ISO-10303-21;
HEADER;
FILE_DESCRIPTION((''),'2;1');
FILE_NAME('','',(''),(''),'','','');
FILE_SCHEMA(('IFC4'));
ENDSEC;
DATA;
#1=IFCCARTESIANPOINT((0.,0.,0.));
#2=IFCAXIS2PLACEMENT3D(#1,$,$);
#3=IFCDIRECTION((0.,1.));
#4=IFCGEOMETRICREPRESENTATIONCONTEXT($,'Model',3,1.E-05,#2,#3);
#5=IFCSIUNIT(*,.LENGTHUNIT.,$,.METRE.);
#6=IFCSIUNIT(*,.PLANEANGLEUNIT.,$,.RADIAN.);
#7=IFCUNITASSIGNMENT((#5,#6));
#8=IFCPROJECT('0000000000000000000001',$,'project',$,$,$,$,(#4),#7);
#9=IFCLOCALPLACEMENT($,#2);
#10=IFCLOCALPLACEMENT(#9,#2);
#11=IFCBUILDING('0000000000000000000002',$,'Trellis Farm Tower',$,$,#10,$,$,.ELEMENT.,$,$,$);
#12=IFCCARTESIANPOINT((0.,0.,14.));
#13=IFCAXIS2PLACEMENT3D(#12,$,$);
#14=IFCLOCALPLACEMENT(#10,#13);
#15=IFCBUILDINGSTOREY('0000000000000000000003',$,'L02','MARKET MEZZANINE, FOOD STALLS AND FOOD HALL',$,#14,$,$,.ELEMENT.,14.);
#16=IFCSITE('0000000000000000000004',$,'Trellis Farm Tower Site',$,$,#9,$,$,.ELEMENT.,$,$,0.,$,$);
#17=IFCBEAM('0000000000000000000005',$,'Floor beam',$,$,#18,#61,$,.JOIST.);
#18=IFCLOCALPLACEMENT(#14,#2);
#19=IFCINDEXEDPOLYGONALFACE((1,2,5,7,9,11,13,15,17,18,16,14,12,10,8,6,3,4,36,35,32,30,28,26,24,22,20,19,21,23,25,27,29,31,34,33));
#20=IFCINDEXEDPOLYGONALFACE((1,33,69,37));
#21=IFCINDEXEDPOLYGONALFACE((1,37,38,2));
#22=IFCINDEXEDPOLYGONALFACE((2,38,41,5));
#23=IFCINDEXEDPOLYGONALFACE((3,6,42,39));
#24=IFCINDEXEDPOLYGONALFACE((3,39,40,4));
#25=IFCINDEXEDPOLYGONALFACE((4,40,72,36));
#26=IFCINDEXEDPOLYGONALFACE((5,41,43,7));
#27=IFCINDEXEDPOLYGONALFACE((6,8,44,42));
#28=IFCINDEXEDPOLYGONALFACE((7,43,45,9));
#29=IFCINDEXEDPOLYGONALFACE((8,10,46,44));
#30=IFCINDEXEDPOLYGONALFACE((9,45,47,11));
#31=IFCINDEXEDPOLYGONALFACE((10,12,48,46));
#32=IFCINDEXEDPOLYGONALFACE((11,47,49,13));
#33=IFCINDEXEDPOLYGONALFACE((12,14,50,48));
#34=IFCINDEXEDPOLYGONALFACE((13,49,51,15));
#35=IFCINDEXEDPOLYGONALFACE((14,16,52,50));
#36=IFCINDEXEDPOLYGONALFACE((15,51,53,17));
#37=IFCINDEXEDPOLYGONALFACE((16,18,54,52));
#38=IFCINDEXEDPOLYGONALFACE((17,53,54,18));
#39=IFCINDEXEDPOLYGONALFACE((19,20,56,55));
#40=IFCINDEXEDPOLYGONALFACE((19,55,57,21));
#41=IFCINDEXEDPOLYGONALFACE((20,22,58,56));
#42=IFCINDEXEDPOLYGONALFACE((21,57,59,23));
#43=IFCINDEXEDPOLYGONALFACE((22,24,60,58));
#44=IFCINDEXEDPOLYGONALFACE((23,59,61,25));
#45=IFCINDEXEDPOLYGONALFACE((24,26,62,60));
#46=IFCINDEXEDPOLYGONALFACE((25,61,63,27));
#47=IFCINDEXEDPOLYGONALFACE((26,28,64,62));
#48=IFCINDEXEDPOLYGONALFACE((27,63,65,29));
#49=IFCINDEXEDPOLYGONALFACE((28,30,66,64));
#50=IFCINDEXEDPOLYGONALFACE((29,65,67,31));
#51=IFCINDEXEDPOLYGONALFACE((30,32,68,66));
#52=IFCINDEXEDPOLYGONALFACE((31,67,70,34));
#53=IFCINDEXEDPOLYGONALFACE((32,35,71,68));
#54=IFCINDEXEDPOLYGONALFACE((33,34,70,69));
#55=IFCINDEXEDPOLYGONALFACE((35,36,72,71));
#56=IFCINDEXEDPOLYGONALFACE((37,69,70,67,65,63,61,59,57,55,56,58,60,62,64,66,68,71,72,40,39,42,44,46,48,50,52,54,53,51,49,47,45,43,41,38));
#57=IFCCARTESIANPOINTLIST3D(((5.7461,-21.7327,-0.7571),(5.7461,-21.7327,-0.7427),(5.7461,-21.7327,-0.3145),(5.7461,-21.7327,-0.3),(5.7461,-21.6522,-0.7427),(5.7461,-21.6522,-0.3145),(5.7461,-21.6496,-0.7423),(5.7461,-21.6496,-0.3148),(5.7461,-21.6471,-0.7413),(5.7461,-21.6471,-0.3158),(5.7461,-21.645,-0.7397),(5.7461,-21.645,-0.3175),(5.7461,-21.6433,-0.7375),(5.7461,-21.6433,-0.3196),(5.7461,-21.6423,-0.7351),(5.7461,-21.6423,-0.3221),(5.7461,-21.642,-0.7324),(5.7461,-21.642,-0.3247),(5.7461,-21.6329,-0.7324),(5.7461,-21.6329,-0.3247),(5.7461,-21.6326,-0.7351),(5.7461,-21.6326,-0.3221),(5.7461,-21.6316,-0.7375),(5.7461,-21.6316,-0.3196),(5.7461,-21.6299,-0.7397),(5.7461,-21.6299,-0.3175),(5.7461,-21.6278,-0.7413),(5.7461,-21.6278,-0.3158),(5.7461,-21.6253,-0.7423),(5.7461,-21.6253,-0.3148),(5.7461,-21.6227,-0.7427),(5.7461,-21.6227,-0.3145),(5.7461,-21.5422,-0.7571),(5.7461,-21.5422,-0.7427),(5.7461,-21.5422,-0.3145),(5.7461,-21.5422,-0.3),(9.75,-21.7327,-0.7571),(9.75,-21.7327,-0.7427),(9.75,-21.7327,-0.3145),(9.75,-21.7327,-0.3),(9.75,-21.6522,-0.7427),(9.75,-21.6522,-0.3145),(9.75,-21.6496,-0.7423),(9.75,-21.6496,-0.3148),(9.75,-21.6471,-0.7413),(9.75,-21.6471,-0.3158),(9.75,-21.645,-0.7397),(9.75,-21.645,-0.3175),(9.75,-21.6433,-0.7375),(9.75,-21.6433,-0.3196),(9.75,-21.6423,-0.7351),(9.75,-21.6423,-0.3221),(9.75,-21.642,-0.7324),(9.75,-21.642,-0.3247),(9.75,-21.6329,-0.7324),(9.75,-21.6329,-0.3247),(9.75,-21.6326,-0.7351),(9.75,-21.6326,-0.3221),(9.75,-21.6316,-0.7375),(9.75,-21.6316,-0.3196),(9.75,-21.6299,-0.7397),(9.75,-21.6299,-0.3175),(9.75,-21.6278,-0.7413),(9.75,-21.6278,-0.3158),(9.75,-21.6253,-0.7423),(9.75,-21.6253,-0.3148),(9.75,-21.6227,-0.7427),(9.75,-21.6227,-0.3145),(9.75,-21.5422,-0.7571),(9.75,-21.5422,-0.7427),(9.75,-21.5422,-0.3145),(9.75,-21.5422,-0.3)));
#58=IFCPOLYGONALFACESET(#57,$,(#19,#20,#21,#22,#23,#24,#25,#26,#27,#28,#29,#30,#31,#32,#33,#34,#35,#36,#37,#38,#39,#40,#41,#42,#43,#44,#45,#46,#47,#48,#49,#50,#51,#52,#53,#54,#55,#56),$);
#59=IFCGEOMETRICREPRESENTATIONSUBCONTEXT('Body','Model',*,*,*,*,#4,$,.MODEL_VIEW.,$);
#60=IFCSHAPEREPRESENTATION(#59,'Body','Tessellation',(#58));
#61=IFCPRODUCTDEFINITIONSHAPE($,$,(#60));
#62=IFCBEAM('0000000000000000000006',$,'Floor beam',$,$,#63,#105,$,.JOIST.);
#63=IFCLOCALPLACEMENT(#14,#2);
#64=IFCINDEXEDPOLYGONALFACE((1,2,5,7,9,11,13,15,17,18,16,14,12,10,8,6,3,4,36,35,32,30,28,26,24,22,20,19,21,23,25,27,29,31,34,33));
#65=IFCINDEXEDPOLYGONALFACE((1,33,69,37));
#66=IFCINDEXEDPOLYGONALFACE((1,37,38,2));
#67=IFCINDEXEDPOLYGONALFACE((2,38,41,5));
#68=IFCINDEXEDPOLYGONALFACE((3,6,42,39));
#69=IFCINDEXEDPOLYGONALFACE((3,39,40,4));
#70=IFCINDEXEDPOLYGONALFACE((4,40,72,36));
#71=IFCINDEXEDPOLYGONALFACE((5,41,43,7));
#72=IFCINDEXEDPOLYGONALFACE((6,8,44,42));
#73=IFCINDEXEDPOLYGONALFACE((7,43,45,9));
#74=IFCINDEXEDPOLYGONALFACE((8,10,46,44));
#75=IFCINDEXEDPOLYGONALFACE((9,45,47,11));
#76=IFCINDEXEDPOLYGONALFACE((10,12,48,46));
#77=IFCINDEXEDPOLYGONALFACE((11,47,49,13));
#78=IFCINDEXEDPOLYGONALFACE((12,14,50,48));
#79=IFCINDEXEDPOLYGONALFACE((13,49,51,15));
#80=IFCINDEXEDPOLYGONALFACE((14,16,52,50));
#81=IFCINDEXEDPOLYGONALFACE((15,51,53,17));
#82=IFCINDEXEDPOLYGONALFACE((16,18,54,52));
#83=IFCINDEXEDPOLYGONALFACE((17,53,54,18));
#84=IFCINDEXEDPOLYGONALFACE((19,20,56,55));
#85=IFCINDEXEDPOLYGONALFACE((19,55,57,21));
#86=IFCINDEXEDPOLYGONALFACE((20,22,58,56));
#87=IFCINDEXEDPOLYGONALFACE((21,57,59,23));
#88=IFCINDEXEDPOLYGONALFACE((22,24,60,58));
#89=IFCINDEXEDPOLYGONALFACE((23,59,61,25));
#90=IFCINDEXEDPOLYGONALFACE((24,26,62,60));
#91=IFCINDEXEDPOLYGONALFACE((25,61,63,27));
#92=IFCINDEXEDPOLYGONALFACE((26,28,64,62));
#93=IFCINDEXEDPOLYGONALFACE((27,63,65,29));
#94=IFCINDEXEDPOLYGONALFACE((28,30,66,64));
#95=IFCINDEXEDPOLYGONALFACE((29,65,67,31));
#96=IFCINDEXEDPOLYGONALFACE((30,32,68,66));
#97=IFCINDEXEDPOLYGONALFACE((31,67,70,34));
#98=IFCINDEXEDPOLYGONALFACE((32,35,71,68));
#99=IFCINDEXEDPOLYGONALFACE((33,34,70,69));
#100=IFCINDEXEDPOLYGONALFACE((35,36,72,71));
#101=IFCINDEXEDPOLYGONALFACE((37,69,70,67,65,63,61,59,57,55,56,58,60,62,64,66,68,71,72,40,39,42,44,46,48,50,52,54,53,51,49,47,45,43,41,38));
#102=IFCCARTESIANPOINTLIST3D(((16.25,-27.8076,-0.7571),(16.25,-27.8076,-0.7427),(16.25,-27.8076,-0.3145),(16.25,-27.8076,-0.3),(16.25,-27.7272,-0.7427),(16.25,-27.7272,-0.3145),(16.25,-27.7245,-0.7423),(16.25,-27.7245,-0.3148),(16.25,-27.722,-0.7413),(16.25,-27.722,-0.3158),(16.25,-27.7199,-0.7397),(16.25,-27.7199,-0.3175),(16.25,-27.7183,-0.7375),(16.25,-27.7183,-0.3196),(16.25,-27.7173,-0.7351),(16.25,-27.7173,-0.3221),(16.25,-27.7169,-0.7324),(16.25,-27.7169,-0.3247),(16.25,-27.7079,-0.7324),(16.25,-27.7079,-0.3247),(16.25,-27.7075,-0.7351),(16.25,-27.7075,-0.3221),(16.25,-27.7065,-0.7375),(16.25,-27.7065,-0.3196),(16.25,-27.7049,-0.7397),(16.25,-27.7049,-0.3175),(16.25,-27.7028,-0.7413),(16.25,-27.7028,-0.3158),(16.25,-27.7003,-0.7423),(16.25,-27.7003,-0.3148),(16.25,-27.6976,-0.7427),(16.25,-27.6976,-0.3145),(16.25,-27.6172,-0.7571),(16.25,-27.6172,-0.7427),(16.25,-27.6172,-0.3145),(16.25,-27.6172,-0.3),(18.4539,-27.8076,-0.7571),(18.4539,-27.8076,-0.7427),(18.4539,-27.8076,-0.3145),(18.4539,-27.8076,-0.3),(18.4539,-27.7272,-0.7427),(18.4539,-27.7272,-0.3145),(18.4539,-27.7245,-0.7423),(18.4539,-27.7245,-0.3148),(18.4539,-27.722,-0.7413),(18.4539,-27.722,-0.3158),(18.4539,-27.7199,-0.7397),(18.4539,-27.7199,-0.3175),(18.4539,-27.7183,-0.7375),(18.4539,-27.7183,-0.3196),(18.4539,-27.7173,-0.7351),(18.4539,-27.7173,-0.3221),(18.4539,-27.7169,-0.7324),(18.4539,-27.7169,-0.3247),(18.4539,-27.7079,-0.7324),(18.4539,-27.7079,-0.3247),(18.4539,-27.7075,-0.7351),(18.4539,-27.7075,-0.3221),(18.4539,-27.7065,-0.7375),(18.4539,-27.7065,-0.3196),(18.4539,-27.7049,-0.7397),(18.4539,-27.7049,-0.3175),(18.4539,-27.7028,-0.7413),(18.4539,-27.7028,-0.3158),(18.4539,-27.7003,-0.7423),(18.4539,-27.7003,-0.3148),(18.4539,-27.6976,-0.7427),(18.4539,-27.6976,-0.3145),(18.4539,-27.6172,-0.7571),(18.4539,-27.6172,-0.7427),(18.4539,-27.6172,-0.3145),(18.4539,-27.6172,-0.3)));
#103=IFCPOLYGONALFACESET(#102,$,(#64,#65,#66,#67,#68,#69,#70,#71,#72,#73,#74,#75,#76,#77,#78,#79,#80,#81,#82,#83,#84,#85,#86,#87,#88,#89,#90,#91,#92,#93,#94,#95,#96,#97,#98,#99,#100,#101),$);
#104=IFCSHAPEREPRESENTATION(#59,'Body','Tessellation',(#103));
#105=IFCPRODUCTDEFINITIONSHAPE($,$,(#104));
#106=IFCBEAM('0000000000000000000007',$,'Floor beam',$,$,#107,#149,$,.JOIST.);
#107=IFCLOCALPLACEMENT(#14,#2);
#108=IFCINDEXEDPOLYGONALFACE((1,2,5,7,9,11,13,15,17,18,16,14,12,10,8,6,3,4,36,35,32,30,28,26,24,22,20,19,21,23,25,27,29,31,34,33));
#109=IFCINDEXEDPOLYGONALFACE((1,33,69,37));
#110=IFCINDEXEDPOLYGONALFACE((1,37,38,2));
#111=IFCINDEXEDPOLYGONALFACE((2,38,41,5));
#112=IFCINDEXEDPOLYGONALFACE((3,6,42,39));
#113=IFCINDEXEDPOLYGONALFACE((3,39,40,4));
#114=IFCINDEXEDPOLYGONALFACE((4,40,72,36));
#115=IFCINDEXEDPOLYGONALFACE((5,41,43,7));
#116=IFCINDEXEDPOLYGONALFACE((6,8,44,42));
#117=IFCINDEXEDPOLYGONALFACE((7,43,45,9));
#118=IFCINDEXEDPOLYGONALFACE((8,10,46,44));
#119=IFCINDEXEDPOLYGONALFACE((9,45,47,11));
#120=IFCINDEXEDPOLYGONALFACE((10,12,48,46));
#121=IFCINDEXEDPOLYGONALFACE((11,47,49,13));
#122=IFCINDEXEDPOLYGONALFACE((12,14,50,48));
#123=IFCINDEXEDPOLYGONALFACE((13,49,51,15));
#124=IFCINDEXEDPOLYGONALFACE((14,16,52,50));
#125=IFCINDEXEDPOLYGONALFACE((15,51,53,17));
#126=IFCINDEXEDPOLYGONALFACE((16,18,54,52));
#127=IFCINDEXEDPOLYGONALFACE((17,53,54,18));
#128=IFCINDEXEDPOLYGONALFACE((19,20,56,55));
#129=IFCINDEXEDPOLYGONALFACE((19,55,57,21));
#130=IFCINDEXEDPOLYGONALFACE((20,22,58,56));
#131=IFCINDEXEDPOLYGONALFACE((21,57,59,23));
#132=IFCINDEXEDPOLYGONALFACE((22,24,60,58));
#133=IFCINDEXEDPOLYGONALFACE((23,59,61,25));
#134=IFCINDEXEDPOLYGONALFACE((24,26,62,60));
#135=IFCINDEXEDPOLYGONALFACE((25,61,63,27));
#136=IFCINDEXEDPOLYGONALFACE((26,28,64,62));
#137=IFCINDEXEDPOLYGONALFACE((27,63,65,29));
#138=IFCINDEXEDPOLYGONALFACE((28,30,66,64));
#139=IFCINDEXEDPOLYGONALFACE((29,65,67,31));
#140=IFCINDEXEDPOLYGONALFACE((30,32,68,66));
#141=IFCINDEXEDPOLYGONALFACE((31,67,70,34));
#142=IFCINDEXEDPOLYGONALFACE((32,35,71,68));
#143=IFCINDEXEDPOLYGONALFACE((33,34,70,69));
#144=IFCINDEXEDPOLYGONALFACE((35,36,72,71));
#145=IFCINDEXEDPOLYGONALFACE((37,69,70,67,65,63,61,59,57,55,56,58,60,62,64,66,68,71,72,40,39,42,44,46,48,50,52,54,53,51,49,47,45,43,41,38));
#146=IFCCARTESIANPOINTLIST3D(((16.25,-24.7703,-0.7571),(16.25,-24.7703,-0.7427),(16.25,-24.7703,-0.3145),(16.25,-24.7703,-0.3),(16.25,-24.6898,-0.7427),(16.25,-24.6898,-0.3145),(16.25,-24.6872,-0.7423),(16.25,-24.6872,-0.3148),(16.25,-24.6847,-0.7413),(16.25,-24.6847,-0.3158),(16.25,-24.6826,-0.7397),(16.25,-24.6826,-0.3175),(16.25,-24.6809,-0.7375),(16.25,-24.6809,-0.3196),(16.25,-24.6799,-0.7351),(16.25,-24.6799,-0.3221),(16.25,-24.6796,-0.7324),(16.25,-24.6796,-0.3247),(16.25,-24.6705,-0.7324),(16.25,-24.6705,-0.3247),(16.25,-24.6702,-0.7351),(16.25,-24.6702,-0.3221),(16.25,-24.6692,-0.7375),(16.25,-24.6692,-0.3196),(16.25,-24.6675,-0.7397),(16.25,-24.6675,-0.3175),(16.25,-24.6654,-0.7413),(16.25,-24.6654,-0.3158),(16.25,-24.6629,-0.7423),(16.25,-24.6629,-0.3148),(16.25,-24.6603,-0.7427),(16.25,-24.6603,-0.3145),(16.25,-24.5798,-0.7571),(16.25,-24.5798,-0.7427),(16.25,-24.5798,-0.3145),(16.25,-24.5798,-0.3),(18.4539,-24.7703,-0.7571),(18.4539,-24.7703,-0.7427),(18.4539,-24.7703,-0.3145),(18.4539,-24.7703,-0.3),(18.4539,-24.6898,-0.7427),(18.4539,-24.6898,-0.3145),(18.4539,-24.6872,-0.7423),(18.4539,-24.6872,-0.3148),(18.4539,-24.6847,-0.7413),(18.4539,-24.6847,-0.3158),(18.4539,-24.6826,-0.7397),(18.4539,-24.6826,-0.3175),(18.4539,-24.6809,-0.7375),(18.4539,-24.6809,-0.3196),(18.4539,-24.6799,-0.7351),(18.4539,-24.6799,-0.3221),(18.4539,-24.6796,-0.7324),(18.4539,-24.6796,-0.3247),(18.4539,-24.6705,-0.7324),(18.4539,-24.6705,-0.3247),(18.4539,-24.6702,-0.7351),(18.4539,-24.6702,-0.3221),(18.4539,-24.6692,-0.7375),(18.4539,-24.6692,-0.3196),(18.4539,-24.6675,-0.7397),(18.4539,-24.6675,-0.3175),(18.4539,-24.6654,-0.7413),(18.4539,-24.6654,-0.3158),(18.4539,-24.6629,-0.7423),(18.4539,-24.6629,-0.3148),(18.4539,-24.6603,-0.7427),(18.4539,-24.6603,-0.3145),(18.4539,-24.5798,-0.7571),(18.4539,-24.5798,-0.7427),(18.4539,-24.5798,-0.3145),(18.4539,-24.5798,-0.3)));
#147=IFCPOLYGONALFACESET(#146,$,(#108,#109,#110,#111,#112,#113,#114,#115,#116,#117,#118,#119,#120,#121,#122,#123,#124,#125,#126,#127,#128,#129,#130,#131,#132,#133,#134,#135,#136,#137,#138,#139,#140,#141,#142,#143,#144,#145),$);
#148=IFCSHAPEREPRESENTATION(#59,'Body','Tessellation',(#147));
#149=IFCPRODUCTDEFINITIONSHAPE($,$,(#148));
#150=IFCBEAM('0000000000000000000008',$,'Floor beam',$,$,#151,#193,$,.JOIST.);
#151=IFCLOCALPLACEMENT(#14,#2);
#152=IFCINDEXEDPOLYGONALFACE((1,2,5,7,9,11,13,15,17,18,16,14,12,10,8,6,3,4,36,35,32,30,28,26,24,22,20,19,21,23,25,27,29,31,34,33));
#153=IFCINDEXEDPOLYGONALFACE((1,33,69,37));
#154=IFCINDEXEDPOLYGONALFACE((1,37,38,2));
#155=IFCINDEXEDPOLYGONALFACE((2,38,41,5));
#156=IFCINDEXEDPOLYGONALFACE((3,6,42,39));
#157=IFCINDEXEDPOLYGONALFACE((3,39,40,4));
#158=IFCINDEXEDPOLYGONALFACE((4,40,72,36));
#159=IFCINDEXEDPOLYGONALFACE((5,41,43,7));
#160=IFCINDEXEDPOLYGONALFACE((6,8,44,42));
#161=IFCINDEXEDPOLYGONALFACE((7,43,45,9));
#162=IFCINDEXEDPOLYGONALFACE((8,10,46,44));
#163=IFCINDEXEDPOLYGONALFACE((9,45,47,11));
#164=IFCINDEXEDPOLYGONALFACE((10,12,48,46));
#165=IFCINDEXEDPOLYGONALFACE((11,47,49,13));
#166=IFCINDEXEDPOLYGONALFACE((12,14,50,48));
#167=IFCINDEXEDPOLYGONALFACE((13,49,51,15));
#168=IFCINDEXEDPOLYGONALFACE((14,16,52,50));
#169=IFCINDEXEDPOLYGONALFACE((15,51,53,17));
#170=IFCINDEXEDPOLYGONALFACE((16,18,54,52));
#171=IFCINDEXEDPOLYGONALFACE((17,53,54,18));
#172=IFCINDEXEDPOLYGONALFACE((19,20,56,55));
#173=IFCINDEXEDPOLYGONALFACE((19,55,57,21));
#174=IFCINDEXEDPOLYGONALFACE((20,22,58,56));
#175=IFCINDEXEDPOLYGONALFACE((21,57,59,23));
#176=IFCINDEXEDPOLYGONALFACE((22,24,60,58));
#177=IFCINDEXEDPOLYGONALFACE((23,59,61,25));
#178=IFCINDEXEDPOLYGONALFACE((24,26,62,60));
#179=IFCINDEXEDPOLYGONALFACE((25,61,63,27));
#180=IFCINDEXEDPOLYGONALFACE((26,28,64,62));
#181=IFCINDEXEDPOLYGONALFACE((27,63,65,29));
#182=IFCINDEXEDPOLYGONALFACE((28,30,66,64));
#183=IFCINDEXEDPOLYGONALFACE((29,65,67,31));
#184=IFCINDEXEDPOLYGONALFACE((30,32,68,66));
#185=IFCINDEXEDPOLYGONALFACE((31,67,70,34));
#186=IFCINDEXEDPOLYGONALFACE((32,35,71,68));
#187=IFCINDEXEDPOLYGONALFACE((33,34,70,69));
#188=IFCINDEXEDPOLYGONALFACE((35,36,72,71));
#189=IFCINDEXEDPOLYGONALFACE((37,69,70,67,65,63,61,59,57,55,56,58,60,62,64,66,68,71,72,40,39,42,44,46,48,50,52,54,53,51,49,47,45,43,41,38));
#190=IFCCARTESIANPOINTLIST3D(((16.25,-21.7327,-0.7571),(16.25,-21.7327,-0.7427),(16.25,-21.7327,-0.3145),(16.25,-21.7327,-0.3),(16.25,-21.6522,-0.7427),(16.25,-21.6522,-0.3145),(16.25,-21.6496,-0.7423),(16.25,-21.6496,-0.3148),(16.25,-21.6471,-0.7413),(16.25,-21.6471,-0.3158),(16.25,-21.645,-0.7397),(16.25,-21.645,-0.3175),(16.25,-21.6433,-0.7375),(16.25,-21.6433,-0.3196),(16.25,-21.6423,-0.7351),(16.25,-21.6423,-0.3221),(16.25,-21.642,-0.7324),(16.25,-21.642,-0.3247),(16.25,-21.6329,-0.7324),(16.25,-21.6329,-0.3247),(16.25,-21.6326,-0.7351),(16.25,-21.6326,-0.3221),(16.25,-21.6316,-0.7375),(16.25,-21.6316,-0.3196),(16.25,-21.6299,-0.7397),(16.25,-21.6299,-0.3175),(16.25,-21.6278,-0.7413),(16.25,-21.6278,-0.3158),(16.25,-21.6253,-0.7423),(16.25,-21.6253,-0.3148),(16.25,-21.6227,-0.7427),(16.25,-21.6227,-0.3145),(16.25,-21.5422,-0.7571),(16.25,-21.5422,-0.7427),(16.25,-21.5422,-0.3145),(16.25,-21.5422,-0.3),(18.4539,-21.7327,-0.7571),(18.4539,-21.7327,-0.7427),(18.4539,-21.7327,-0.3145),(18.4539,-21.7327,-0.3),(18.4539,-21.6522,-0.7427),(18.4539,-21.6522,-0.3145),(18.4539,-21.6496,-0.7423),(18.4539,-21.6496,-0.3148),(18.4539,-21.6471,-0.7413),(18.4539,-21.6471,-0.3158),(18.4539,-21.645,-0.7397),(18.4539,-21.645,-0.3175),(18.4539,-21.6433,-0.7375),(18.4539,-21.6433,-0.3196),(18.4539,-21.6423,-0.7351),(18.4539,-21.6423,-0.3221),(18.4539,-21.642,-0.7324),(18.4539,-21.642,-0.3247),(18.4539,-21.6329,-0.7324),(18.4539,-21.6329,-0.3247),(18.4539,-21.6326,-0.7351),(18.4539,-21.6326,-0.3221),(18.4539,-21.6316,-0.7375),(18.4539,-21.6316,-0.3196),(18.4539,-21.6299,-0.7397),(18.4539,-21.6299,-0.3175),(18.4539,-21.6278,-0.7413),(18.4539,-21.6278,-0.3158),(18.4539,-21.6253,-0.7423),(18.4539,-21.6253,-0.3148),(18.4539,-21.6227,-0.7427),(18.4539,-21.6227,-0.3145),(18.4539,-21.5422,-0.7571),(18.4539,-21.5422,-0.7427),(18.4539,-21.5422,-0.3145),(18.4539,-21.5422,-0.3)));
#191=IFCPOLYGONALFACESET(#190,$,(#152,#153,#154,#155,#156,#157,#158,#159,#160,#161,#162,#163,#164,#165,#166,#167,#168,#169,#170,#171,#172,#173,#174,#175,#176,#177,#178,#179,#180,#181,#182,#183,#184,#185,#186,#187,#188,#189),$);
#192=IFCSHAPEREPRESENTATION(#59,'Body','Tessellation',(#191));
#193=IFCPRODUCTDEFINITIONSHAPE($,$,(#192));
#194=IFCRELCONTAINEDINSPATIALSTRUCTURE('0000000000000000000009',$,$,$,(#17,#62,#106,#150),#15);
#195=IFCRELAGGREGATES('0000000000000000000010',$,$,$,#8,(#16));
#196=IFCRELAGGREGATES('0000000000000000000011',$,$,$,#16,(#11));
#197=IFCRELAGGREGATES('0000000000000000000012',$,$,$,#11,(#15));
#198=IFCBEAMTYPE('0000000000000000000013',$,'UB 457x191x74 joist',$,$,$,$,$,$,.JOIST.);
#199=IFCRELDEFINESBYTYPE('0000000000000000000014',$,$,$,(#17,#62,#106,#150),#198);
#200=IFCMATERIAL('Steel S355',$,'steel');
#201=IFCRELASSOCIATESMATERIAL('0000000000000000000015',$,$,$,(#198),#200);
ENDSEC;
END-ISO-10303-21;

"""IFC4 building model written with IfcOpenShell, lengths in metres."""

from ifc_helpers import new_model, si_unit, direction, frame, origin, origin_2d, place, context, subcontext, project, spatial, i_section, extrude, source, transform, mapped, material, material_profile, profile_set, type_object, element, save


model = new_model("IFC4")

# Units and contexts
model_context = context("Model", 3, precision=1e-05, world=origin(), true_north=direction((0.0, 1.0)))
body_context = subcontext(model_context, "Body", "Model", "MODEL_VIEW")
ifc_project = project(units=[si_unit("LENGTHUNIT", "METRE"), si_unit("PLANEANGLEUNIT", "RADIAN")], contexts=[model_context])

# Site, building, storey
site_placement = place(None, origin())
site = spatial("IfcSite", under=ifc_project, at=site_placement, Name="Trellis Farm Tower Site", CompositionType="ELEMENT", RefElevation=0.0)
building_placement = place(site_placement, origin())
building = spatial("IfcBuilding", under=site, at=building_placement, Name="Trellis Farm Tower", CompositionType="ELEMENT")
storey_placement = place(building_placement, frame((0.0, 0.0, 14.0)))
storey = spatial("IfcBuildingStorey", under=building, at=storey_placement, Name="L02", Description="MARKET MEZZANINE, FOOD STALLS AND FOOD HALL", CompositionType="ELEMENT", Elevation=14.0)

# Beams
ifc_material_1 = material(Name="Steel S355", Category="steel")
ifc_material_profile_1 = material_profile(ifc_material_1, i_section(OverallWidth=0.1904, OverallDepth=0.457, WebThickness=0.009, FlangeThickness=0.0144, FilletRadius=0.0103, at=origin_2d()), Name="UB 457x191x74")
ifc_profile_set_1 = profile_set([ifc_material_profile_1], Name="Steel S355")
beam_type_1 = type_object("IfcBeamType", Name="UB 457x191x74 joist", PredefinedType="JOIST", material=ifc_profile_set_1)
shared_shape_1 = source(origin(), body_context, "Body", "SweptSolid", [
    extrude(i_section(OverallWidth=0.1904, OverallDepth=0.457, WebThickness=0.009, FlangeThickness=0.0144, FilletRadius=0.0103, at=origin_2d()), origin(), (0.0, 0.0, 1.0), 4.0039),
])
for number, where, z_axis, x_axis, name in (
    (1, (5.7461, -21.6375, -0.5286), (1.0, 0.0, 0.0), (0.0, 1.0, 0.0), "Floor beam"),
):
    element("IfcBeam", number, at=place(storey_placement, frame(where, z_axis=z_axis, x_axis=x_axis)), inside=storey, type_object=beam_type_1, Name=name, PredefinedType="JOIST", context=body_context, shape_type="MappedRepresentation", body=[
        mapped(shared_shape_1, transform((0.0, 0.0, 0.0))),
    ])
shared_shape_2 = source(origin(), body_context, "Body", "SweptSolid", [
    extrude(i_section(OverallWidth=0.1904, OverallDepth=0.457, WebThickness=0.009, FlangeThickness=0.0144, FilletRadius=0.0103, at=origin_2d()), origin(), (0.0, 0.0, 1.0), 2.2039),
])
for number, where, z_axis, x_axis, name in (
    (2, (16.25, -27.7124, -0.5286), (1.0, 0.0, 0.0), (0.0, 1.0, 0.0), "Floor beam"),
    (3, (16.25, -24.675, -0.5286), (1.0, 0.0, 0.0), (0.0, 1.0, 0.0), "Floor beam"),
    (4, (16.25, -21.6375, -0.5286), (1.0, 0.0, 0.0), (0.0, 1.0, 0.0), "Floor beam"),
):
    element("IfcBeam", number, at=place(storey_placement, frame(where, z_axis=z_axis, x_axis=x_axis)), inside=storey, type_object=beam_type_1, Name=name, PredefinedType="JOIST", context=body_context, shape_type="MappedRepresentation", body=[
        mapped(shared_shape_2, transform((0.0, 0.0, 0.0))),
    ])

save(model, "model.ifc")
